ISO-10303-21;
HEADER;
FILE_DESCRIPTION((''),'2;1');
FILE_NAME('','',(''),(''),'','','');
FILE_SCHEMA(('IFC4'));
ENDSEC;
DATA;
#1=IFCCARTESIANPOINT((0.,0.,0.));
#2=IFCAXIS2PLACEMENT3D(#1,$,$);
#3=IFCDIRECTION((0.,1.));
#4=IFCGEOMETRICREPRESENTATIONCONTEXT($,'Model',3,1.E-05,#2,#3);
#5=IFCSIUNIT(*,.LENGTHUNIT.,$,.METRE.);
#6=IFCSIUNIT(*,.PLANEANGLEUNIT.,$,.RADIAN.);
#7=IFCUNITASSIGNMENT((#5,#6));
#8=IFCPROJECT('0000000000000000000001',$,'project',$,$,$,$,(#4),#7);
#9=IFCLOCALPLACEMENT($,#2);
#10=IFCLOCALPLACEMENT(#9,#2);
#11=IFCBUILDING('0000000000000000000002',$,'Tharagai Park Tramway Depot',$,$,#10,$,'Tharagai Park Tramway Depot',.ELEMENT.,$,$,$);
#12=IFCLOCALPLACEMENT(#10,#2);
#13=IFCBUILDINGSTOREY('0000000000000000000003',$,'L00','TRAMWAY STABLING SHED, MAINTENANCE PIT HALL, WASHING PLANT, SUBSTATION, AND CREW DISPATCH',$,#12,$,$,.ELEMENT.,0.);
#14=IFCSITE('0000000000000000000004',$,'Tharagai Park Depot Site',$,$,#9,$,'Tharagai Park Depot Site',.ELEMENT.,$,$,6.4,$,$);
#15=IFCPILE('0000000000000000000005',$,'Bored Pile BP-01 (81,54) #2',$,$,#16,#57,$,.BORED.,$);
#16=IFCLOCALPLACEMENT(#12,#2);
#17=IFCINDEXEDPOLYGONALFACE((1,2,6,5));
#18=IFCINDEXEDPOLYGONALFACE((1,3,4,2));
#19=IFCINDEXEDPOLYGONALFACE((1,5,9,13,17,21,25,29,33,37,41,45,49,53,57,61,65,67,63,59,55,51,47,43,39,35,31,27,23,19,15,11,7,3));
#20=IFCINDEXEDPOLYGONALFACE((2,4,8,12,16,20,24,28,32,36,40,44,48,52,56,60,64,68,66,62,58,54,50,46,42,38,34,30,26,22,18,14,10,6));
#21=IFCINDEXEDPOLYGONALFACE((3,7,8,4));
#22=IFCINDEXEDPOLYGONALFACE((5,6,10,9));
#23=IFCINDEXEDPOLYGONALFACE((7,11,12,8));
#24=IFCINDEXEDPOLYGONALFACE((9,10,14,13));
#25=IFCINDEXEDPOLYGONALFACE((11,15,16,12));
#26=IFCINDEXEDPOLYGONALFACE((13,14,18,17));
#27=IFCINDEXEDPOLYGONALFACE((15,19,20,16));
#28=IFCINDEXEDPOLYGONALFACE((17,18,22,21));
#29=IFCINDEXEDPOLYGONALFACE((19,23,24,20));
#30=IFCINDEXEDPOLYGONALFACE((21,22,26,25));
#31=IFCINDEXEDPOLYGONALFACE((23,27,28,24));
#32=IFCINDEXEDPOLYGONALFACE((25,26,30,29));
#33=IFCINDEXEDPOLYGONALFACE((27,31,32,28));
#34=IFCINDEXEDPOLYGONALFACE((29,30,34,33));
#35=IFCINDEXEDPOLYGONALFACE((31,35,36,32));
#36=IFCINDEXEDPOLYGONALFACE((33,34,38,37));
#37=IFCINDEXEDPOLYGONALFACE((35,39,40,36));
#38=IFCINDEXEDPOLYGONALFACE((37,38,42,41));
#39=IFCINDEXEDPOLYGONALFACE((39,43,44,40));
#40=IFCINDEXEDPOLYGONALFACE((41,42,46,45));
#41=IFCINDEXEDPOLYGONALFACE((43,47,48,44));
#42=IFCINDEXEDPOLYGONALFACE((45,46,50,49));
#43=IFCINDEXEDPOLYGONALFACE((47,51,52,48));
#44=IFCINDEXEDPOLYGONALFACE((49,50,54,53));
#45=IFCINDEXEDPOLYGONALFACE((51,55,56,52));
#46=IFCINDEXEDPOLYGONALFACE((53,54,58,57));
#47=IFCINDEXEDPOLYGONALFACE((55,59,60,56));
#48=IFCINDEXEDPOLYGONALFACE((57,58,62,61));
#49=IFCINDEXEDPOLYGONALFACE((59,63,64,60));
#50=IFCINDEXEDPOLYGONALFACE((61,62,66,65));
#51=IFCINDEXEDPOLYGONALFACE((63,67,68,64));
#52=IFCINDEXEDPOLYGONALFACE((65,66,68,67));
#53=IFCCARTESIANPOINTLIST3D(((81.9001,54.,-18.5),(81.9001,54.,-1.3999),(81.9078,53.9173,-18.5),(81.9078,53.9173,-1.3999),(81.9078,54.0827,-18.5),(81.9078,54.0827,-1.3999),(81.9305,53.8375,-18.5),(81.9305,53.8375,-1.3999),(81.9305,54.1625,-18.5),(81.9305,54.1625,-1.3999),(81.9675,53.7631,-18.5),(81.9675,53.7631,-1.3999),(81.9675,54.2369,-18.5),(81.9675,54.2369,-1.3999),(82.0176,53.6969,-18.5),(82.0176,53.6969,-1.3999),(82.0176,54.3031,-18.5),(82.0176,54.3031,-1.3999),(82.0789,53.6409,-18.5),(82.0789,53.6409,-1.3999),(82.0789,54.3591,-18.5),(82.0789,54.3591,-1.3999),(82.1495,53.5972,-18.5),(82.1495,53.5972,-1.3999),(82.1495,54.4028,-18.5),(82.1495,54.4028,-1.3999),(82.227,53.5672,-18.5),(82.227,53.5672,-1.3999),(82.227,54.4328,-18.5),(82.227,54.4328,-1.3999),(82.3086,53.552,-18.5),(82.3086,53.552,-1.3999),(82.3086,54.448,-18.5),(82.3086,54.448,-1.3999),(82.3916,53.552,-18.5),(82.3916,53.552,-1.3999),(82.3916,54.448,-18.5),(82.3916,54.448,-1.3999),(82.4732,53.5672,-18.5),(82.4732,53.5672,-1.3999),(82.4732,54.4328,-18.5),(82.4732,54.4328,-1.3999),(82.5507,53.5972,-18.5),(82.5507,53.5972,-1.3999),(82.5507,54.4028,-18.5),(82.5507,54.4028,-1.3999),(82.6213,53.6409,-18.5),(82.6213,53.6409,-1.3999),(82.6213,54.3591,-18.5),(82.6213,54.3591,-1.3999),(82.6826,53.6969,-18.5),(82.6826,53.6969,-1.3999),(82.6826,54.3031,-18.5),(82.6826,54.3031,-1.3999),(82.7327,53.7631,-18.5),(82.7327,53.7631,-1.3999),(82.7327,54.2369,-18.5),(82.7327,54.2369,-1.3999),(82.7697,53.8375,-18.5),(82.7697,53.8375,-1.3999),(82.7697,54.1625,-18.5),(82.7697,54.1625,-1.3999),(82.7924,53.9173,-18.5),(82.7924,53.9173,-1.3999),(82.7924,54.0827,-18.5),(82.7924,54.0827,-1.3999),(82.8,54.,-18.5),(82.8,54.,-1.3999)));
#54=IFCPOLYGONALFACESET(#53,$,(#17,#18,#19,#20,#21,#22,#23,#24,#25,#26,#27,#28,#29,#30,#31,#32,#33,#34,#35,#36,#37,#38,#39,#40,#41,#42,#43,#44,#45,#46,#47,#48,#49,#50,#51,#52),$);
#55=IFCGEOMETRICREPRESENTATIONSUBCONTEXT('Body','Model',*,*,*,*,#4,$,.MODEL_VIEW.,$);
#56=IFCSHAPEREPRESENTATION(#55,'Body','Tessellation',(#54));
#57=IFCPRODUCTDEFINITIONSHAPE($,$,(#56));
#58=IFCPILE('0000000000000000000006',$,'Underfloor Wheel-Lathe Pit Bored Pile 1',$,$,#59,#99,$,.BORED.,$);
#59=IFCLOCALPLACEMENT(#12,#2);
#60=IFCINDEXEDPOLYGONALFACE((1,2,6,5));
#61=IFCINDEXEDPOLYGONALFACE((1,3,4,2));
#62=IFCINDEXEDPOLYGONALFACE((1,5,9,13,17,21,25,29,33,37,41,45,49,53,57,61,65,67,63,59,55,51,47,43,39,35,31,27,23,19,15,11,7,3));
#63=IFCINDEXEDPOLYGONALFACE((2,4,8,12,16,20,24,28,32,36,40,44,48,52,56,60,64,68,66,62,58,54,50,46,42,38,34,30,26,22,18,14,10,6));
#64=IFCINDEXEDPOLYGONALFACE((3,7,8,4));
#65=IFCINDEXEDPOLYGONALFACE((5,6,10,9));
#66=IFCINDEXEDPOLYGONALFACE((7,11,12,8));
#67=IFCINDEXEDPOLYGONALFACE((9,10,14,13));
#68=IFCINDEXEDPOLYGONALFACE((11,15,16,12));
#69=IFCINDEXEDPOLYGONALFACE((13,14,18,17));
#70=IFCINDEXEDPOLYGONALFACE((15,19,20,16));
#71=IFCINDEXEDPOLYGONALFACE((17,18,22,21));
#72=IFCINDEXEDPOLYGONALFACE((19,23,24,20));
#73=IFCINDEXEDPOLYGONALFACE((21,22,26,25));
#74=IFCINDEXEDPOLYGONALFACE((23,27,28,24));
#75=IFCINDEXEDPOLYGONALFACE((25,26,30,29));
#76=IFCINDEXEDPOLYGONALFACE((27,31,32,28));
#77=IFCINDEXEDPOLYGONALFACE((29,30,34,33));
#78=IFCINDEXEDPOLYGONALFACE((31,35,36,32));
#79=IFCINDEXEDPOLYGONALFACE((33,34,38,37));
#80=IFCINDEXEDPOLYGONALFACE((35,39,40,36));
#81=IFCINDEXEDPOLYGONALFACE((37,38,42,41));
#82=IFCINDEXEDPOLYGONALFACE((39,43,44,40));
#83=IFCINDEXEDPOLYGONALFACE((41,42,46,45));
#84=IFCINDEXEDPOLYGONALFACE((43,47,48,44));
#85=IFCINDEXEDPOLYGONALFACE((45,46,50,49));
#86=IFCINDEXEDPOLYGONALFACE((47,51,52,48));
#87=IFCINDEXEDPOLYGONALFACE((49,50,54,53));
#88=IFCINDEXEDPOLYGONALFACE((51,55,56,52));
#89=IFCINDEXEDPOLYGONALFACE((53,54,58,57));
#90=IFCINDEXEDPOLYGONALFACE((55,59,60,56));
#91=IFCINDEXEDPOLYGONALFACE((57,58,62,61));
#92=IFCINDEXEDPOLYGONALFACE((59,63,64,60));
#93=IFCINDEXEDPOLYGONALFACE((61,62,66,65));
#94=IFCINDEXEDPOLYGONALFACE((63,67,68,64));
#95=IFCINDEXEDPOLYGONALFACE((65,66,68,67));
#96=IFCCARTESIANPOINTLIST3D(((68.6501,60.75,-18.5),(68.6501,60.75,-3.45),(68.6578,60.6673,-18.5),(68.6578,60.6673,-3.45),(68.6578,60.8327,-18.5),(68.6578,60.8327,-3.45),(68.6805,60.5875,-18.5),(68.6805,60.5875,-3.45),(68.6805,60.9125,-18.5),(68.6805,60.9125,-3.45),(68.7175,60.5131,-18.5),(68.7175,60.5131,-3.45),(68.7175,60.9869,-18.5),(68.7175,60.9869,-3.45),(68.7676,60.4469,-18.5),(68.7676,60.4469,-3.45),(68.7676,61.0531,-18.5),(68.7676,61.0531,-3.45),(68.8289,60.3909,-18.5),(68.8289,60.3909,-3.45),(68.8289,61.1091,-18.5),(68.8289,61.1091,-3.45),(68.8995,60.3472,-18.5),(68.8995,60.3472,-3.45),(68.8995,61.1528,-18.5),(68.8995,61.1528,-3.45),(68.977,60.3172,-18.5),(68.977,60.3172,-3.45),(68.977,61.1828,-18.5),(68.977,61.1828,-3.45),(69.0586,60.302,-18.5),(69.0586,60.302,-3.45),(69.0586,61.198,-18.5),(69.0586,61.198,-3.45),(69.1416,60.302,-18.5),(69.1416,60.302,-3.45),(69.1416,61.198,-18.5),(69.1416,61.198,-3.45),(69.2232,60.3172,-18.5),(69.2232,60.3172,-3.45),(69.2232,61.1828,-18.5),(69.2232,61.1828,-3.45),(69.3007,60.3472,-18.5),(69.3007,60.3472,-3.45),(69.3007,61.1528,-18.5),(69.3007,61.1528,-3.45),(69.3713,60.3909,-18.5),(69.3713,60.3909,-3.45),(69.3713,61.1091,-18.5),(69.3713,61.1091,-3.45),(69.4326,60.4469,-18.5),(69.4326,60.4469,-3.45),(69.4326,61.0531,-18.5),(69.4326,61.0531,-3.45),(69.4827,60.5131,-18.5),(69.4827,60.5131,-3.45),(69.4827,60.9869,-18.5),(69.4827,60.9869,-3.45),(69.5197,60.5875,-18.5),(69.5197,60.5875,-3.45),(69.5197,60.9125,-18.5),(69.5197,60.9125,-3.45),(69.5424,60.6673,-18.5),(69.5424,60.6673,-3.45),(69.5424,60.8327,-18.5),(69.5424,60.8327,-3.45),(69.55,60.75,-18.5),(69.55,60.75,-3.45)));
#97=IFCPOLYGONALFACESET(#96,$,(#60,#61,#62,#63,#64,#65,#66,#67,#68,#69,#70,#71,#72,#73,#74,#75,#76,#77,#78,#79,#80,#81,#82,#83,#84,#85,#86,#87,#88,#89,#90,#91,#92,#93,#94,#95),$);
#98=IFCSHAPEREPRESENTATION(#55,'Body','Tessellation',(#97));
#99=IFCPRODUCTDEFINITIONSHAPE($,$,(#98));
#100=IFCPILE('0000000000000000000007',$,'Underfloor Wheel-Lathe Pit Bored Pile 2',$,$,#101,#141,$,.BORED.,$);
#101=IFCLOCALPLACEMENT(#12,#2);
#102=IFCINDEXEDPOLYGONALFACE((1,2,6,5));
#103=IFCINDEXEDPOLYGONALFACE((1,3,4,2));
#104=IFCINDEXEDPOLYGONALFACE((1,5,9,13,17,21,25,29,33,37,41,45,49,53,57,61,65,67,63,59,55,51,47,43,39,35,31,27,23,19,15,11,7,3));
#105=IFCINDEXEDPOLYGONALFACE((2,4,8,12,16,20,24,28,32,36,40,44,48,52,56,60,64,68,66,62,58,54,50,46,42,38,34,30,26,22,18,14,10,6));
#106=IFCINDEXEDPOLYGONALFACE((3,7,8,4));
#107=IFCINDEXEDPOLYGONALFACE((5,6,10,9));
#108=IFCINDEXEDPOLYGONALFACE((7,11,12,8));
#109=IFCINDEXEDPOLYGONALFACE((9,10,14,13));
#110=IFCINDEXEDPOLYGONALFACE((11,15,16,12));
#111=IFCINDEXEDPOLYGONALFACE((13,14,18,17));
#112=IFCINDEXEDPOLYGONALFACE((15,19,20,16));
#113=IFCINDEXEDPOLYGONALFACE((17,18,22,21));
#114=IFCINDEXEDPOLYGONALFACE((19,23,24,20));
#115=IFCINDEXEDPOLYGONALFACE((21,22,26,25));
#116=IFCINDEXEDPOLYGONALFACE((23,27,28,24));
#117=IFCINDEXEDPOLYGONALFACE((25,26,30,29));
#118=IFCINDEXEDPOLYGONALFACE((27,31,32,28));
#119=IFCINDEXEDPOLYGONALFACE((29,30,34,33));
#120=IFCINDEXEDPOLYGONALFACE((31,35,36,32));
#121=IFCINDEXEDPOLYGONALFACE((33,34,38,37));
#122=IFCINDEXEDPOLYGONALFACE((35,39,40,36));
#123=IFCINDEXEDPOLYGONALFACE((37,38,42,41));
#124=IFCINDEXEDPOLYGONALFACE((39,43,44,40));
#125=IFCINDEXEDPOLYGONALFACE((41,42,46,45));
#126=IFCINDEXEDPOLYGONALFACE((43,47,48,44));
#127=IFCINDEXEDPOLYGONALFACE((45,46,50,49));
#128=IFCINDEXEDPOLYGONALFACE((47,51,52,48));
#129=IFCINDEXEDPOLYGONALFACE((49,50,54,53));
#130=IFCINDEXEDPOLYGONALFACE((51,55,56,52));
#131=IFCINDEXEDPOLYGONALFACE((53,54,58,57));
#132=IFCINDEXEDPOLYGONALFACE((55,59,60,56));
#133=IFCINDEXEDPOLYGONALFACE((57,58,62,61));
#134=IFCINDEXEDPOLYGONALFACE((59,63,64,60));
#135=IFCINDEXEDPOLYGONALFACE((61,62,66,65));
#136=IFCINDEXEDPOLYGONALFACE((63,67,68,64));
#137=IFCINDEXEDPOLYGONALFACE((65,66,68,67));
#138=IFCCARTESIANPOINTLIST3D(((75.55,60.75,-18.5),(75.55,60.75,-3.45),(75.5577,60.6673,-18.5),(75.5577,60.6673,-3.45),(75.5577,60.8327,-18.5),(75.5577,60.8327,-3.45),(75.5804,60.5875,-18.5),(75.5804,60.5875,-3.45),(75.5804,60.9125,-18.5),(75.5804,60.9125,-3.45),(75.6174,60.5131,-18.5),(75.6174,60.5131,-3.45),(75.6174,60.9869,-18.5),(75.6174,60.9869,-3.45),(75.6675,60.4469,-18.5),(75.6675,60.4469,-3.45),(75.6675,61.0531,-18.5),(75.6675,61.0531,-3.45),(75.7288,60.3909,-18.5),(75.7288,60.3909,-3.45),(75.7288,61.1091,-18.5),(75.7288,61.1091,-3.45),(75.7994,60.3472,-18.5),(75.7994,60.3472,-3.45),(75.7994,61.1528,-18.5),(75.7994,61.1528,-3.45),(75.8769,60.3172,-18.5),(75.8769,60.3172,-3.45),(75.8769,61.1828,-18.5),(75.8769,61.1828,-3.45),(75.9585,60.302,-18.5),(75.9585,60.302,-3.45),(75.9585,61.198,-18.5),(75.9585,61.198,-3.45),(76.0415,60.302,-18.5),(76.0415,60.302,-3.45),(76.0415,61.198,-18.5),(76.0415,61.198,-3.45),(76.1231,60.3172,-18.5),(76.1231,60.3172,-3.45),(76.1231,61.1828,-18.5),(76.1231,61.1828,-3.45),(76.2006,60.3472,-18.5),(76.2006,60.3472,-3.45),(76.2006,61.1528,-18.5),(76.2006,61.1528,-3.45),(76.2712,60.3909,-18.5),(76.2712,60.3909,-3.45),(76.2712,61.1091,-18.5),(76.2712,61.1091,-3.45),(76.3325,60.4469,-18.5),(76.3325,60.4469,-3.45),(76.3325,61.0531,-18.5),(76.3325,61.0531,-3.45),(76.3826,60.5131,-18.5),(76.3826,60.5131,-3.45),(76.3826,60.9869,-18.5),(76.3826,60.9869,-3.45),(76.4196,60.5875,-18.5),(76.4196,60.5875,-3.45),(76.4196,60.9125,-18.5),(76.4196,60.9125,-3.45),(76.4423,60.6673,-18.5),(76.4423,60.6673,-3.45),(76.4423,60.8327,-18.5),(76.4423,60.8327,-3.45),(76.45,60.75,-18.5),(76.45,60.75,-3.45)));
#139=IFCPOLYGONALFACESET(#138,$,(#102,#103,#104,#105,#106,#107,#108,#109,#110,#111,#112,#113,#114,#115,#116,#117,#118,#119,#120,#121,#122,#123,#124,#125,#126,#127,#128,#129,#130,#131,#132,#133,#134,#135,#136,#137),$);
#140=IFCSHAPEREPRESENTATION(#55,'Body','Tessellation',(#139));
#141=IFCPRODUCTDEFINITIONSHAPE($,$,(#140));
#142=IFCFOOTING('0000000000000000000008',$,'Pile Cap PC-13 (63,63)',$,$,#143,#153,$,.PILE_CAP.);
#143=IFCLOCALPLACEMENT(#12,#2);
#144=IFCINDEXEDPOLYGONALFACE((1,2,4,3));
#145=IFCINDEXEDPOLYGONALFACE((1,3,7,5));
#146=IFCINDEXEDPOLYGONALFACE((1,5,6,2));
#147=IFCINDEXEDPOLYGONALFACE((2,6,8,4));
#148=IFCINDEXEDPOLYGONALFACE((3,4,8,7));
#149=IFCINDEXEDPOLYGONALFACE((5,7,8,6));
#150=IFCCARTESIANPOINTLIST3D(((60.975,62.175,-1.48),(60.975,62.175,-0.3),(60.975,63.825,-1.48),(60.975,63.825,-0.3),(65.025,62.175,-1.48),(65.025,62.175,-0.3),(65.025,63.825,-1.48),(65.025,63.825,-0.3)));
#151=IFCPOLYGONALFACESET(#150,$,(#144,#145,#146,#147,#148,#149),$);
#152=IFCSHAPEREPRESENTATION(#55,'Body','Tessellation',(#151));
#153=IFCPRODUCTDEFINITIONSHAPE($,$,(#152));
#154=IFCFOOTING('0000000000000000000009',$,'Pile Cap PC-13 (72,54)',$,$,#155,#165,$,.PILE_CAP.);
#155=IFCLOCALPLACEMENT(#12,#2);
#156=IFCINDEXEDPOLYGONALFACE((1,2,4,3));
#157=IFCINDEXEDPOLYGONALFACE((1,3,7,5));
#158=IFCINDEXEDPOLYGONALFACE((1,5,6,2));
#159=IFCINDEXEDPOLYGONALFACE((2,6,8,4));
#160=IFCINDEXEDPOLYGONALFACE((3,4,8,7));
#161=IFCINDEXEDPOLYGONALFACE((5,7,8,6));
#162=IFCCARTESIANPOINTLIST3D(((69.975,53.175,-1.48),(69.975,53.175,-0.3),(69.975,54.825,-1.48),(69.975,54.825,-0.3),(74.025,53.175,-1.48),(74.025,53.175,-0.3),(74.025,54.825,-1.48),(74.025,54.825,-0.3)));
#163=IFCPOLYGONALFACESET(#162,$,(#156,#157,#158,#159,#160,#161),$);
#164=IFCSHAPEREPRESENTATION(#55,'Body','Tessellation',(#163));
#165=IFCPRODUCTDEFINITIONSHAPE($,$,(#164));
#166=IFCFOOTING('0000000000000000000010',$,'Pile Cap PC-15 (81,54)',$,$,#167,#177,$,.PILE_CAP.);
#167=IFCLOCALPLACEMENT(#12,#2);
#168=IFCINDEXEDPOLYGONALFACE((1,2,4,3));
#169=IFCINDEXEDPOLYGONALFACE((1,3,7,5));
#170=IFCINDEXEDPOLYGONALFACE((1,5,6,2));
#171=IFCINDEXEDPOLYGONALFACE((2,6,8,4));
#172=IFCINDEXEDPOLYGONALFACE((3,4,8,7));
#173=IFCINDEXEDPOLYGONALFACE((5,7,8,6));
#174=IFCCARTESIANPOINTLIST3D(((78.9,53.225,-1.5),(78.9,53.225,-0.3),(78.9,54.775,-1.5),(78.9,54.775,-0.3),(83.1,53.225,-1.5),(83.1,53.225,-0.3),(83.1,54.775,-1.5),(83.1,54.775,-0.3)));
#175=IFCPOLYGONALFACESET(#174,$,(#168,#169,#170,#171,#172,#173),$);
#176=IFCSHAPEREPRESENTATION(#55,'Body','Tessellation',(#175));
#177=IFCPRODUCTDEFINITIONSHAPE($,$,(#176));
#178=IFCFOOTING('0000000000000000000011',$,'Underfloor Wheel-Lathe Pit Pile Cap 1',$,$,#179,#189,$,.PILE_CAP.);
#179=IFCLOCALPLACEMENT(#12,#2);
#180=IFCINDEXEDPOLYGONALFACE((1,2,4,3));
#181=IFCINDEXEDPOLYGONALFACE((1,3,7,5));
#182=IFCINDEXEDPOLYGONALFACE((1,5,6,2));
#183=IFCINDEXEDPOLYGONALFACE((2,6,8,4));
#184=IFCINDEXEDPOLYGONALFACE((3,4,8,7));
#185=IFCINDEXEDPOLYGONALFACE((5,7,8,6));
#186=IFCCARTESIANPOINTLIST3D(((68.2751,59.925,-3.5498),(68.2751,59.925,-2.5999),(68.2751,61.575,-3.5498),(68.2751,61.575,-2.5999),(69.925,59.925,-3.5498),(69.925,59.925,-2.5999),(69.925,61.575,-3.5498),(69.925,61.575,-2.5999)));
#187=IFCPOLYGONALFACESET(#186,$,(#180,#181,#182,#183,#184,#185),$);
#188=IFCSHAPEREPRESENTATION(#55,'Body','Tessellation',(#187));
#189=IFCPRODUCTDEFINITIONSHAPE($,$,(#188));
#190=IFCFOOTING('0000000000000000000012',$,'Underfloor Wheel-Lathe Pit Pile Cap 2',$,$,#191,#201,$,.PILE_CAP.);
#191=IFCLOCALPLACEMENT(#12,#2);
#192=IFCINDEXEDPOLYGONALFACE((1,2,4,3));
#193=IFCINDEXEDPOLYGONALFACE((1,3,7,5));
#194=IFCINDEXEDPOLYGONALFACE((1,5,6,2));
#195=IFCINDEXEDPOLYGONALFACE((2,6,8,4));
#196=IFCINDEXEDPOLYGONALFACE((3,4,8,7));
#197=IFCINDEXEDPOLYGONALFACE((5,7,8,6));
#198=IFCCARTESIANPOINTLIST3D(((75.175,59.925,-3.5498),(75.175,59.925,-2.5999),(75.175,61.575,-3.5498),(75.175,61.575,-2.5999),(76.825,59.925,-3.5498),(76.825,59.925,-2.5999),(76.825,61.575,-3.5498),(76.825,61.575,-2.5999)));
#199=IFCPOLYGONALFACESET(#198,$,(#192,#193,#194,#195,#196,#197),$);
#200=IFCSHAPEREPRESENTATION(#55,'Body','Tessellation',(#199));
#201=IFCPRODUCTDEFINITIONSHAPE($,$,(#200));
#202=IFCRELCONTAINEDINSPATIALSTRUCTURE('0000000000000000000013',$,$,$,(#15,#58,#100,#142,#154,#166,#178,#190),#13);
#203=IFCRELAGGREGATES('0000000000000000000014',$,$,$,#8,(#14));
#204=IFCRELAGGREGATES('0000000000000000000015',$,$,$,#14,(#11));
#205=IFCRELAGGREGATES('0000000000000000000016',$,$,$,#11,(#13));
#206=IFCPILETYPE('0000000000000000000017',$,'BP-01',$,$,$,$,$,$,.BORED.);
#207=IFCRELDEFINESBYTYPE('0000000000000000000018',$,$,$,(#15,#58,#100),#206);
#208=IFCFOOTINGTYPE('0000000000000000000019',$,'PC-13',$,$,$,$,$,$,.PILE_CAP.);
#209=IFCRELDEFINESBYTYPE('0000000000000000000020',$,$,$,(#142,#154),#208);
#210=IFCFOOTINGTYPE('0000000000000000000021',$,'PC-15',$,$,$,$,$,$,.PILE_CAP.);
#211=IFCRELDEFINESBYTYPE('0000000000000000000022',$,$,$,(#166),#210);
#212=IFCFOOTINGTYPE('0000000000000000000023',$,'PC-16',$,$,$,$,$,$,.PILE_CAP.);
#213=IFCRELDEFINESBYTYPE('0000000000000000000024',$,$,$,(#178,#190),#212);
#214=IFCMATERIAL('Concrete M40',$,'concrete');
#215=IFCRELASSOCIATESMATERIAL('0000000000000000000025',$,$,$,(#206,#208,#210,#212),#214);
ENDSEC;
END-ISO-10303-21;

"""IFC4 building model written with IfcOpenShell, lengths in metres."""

from ifc_helpers import new_model, si_unit, direction, frame, origin, origin_2d, place, context, subcontext, project, spatial, rectangle, circle, extrude, material, material_profile, profile_set, type_object, element, save


model = new_model("IFC4")

# Units and contexts
model_context = context("Model", 3, precision=1e-05, world=origin(), true_north=direction((0.0, 1.0)))
body_context = subcontext(model_context, "Body", "Model", "MODEL_VIEW")
ifc_project = project(units=[si_unit("LENGTHUNIT", "METRE"), si_unit("PLANEANGLEUNIT", "RADIAN")], contexts=[model_context])

# Site, building, storey
site_placement = place(None, origin())
site = spatial("IfcSite", under=ifc_project, at=site_placement, Name="Tharagai Park Depot Site", LongName="Tharagai Park Depot Site", CompositionType="ELEMENT", RefElevation=6.4)
building_placement = place(site_placement, origin())
building = spatial("IfcBuilding", under=site, at=building_placement, Name="Tharagai Park Tramway Depot", LongName="Tharagai Park Tramway Depot", CompositionType="ELEMENT")
storey_placement = place(building_placement, origin())
storey = spatial("IfcBuildingStorey", under=building, at=storey_placement, Name="L00", Description="TRAMWAY STABLING SHED, MAINTENANCE PIT HALL, WASHING PLANT, SUBSTATION, AND CREW DISPATCH", CompositionType="ELEMENT", Elevation=0.0)

# Piles
ifc_material_1 = material(Name="Concrete M40", Category="concrete")
ifc_material_profile_1 = material_profile(ifc_material_1, circle(Radius=0.45, at=origin_2d()), Name="PILE D900")
ifc_profile_set_1 = profile_set([ifc_material_profile_1], Name="Concrete M40")
pile_type = type_object("IfcPileType", Name="BP-01", PredefinedType="BORED", material=ifc_profile_set_1)
for number, where, z_axis, x_axis, name in (
    (1, (82.3501, 54.0, -1.3999), (0.0, 0.0, -1.0), (1.0, 0.0, 0.0), "Bored Pile BP-01 (81,54) #2"),
):
    element("IfcPile", number, at=place(storey_placement, frame(where, z_axis=z_axis, x_axis=x_axis)), inside=storey, type_object=pile_type, Name=name, PredefinedType="BORED", context=body_context, shape_type="SweptSolid", body=[
        extrude(circle(Radius=0.45, at=origin_2d()), origin(), (0.0, 0.0, 1.0), 17.1001),
    ])
for number, where, z_axis, x_axis, name in (
    (2, (69.1001, 60.75, -3.45), (0.0, 0.0, -1.0), (1.0, 0.0, 0.0), "Underfloor Wheel-Lathe Pit Bored Pile 1"),
    (3, (76.0, 60.75, -3.45), (0.0, 0.0, -1.0), (1.0, 0.0, 0.0), "Underfloor Wheel-Lathe Pit Bored Pile 2"),
):
    element("IfcPile", number, at=place(storey_placement, frame(where, z_axis=z_axis, x_axis=x_axis)), inside=storey, type_object=pile_type, Name=name, PredefinedType="BORED", context=body_context, shape_type="SweptSolid", body=[
        extrude(circle(Radius=0.45, at=origin_2d()), origin(), (0.0, 0.0, 1.0), 15.05),
    ])

# Footings
footing_type_1 = type_object("IfcFootingType", Name="PC-13", PredefinedType="PILE_CAP", material=ifc_material_1)
for number, where, z_axis, x_axis, name in (
    (4, (63.0, 63.0, -1.48), (0.0, 0.0, 1.0), (1.0, 0.0, 0.0), "Pile Cap PC-13 (63,63)"),
    (5, (72.0, 54.0, -1.48), (0.0, 0.0, 1.0), (1.0, 0.0, 0.0), "Pile Cap PC-13 (72,54)"),
):
    element("IfcFooting", number, at=place(storey_placement, frame(where, z_axis=z_axis, x_axis=x_axis)), inside=storey, type_object=footing_type_1, Name=name, PredefinedType="PILE_CAP", context=body_context, shape_type="SweptSolid", body=[
        extrude(rectangle(XDim=4.05, YDim=1.6499, at=origin_2d()), origin(), (0.0, 0.0, 1.0), 1.1799),
    ])
footing_type_2 = type_object("IfcFootingType", Name="PC-15", PredefinedType="PILE_CAP", material=ifc_material_1)
footing_placement = place(storey_placement, frame((81.0, 54.0, -1.5), z_axis=(0.0, 0.0, 1.0), x_axis=(1.0, 0.0, 0.0)))
element("IfcFooting", 6, at=footing_placement, inside=storey, type_object=footing_type_2, Name="Pile Cap PC-15 (81,54)", PredefinedType="PILE_CAP", context=body_context, shape_type="SweptSolid", body=[
    extrude(rectangle(XDim=4.2, YDim=1.55, at=origin_2d()), origin(), (0.0, 0.0, 1.0), 1.2),
])
footing_type_3 = type_object("IfcFootingType", Name="PC-16", PredefinedType="PILE_CAP", material=ifc_material_1)
for number, where, z_axis, x_axis, name in (
    (7, (69.1001, 60.75, -3.5498), (0.0, 0.0, 1.0), (1.0, 0.0, 0.0), "Underfloor Wheel-Lathe Pit Pile Cap 1"),
    (8, (76.0, 60.75, -3.5498), (0.0, 0.0, 1.0), (1.0, 0.0, 0.0), "Underfloor Wheel-Lathe Pit Pile Cap 2"),
):
    element("IfcFooting", number, at=place(storey_placement, frame(where, z_axis=z_axis, x_axis=x_axis)), inside=storey, type_object=footing_type_3, Name=name, PredefinedType="PILE_CAP", context=body_context, shape_type="SweptSolid", body=[
        extrude(rectangle(XDim=1.6499, YDim=1.6499, at=origin_2d()), origin(), (0.0, 0.0, 1.0), 0.95),
    ])

save(model, "model.ifc")
